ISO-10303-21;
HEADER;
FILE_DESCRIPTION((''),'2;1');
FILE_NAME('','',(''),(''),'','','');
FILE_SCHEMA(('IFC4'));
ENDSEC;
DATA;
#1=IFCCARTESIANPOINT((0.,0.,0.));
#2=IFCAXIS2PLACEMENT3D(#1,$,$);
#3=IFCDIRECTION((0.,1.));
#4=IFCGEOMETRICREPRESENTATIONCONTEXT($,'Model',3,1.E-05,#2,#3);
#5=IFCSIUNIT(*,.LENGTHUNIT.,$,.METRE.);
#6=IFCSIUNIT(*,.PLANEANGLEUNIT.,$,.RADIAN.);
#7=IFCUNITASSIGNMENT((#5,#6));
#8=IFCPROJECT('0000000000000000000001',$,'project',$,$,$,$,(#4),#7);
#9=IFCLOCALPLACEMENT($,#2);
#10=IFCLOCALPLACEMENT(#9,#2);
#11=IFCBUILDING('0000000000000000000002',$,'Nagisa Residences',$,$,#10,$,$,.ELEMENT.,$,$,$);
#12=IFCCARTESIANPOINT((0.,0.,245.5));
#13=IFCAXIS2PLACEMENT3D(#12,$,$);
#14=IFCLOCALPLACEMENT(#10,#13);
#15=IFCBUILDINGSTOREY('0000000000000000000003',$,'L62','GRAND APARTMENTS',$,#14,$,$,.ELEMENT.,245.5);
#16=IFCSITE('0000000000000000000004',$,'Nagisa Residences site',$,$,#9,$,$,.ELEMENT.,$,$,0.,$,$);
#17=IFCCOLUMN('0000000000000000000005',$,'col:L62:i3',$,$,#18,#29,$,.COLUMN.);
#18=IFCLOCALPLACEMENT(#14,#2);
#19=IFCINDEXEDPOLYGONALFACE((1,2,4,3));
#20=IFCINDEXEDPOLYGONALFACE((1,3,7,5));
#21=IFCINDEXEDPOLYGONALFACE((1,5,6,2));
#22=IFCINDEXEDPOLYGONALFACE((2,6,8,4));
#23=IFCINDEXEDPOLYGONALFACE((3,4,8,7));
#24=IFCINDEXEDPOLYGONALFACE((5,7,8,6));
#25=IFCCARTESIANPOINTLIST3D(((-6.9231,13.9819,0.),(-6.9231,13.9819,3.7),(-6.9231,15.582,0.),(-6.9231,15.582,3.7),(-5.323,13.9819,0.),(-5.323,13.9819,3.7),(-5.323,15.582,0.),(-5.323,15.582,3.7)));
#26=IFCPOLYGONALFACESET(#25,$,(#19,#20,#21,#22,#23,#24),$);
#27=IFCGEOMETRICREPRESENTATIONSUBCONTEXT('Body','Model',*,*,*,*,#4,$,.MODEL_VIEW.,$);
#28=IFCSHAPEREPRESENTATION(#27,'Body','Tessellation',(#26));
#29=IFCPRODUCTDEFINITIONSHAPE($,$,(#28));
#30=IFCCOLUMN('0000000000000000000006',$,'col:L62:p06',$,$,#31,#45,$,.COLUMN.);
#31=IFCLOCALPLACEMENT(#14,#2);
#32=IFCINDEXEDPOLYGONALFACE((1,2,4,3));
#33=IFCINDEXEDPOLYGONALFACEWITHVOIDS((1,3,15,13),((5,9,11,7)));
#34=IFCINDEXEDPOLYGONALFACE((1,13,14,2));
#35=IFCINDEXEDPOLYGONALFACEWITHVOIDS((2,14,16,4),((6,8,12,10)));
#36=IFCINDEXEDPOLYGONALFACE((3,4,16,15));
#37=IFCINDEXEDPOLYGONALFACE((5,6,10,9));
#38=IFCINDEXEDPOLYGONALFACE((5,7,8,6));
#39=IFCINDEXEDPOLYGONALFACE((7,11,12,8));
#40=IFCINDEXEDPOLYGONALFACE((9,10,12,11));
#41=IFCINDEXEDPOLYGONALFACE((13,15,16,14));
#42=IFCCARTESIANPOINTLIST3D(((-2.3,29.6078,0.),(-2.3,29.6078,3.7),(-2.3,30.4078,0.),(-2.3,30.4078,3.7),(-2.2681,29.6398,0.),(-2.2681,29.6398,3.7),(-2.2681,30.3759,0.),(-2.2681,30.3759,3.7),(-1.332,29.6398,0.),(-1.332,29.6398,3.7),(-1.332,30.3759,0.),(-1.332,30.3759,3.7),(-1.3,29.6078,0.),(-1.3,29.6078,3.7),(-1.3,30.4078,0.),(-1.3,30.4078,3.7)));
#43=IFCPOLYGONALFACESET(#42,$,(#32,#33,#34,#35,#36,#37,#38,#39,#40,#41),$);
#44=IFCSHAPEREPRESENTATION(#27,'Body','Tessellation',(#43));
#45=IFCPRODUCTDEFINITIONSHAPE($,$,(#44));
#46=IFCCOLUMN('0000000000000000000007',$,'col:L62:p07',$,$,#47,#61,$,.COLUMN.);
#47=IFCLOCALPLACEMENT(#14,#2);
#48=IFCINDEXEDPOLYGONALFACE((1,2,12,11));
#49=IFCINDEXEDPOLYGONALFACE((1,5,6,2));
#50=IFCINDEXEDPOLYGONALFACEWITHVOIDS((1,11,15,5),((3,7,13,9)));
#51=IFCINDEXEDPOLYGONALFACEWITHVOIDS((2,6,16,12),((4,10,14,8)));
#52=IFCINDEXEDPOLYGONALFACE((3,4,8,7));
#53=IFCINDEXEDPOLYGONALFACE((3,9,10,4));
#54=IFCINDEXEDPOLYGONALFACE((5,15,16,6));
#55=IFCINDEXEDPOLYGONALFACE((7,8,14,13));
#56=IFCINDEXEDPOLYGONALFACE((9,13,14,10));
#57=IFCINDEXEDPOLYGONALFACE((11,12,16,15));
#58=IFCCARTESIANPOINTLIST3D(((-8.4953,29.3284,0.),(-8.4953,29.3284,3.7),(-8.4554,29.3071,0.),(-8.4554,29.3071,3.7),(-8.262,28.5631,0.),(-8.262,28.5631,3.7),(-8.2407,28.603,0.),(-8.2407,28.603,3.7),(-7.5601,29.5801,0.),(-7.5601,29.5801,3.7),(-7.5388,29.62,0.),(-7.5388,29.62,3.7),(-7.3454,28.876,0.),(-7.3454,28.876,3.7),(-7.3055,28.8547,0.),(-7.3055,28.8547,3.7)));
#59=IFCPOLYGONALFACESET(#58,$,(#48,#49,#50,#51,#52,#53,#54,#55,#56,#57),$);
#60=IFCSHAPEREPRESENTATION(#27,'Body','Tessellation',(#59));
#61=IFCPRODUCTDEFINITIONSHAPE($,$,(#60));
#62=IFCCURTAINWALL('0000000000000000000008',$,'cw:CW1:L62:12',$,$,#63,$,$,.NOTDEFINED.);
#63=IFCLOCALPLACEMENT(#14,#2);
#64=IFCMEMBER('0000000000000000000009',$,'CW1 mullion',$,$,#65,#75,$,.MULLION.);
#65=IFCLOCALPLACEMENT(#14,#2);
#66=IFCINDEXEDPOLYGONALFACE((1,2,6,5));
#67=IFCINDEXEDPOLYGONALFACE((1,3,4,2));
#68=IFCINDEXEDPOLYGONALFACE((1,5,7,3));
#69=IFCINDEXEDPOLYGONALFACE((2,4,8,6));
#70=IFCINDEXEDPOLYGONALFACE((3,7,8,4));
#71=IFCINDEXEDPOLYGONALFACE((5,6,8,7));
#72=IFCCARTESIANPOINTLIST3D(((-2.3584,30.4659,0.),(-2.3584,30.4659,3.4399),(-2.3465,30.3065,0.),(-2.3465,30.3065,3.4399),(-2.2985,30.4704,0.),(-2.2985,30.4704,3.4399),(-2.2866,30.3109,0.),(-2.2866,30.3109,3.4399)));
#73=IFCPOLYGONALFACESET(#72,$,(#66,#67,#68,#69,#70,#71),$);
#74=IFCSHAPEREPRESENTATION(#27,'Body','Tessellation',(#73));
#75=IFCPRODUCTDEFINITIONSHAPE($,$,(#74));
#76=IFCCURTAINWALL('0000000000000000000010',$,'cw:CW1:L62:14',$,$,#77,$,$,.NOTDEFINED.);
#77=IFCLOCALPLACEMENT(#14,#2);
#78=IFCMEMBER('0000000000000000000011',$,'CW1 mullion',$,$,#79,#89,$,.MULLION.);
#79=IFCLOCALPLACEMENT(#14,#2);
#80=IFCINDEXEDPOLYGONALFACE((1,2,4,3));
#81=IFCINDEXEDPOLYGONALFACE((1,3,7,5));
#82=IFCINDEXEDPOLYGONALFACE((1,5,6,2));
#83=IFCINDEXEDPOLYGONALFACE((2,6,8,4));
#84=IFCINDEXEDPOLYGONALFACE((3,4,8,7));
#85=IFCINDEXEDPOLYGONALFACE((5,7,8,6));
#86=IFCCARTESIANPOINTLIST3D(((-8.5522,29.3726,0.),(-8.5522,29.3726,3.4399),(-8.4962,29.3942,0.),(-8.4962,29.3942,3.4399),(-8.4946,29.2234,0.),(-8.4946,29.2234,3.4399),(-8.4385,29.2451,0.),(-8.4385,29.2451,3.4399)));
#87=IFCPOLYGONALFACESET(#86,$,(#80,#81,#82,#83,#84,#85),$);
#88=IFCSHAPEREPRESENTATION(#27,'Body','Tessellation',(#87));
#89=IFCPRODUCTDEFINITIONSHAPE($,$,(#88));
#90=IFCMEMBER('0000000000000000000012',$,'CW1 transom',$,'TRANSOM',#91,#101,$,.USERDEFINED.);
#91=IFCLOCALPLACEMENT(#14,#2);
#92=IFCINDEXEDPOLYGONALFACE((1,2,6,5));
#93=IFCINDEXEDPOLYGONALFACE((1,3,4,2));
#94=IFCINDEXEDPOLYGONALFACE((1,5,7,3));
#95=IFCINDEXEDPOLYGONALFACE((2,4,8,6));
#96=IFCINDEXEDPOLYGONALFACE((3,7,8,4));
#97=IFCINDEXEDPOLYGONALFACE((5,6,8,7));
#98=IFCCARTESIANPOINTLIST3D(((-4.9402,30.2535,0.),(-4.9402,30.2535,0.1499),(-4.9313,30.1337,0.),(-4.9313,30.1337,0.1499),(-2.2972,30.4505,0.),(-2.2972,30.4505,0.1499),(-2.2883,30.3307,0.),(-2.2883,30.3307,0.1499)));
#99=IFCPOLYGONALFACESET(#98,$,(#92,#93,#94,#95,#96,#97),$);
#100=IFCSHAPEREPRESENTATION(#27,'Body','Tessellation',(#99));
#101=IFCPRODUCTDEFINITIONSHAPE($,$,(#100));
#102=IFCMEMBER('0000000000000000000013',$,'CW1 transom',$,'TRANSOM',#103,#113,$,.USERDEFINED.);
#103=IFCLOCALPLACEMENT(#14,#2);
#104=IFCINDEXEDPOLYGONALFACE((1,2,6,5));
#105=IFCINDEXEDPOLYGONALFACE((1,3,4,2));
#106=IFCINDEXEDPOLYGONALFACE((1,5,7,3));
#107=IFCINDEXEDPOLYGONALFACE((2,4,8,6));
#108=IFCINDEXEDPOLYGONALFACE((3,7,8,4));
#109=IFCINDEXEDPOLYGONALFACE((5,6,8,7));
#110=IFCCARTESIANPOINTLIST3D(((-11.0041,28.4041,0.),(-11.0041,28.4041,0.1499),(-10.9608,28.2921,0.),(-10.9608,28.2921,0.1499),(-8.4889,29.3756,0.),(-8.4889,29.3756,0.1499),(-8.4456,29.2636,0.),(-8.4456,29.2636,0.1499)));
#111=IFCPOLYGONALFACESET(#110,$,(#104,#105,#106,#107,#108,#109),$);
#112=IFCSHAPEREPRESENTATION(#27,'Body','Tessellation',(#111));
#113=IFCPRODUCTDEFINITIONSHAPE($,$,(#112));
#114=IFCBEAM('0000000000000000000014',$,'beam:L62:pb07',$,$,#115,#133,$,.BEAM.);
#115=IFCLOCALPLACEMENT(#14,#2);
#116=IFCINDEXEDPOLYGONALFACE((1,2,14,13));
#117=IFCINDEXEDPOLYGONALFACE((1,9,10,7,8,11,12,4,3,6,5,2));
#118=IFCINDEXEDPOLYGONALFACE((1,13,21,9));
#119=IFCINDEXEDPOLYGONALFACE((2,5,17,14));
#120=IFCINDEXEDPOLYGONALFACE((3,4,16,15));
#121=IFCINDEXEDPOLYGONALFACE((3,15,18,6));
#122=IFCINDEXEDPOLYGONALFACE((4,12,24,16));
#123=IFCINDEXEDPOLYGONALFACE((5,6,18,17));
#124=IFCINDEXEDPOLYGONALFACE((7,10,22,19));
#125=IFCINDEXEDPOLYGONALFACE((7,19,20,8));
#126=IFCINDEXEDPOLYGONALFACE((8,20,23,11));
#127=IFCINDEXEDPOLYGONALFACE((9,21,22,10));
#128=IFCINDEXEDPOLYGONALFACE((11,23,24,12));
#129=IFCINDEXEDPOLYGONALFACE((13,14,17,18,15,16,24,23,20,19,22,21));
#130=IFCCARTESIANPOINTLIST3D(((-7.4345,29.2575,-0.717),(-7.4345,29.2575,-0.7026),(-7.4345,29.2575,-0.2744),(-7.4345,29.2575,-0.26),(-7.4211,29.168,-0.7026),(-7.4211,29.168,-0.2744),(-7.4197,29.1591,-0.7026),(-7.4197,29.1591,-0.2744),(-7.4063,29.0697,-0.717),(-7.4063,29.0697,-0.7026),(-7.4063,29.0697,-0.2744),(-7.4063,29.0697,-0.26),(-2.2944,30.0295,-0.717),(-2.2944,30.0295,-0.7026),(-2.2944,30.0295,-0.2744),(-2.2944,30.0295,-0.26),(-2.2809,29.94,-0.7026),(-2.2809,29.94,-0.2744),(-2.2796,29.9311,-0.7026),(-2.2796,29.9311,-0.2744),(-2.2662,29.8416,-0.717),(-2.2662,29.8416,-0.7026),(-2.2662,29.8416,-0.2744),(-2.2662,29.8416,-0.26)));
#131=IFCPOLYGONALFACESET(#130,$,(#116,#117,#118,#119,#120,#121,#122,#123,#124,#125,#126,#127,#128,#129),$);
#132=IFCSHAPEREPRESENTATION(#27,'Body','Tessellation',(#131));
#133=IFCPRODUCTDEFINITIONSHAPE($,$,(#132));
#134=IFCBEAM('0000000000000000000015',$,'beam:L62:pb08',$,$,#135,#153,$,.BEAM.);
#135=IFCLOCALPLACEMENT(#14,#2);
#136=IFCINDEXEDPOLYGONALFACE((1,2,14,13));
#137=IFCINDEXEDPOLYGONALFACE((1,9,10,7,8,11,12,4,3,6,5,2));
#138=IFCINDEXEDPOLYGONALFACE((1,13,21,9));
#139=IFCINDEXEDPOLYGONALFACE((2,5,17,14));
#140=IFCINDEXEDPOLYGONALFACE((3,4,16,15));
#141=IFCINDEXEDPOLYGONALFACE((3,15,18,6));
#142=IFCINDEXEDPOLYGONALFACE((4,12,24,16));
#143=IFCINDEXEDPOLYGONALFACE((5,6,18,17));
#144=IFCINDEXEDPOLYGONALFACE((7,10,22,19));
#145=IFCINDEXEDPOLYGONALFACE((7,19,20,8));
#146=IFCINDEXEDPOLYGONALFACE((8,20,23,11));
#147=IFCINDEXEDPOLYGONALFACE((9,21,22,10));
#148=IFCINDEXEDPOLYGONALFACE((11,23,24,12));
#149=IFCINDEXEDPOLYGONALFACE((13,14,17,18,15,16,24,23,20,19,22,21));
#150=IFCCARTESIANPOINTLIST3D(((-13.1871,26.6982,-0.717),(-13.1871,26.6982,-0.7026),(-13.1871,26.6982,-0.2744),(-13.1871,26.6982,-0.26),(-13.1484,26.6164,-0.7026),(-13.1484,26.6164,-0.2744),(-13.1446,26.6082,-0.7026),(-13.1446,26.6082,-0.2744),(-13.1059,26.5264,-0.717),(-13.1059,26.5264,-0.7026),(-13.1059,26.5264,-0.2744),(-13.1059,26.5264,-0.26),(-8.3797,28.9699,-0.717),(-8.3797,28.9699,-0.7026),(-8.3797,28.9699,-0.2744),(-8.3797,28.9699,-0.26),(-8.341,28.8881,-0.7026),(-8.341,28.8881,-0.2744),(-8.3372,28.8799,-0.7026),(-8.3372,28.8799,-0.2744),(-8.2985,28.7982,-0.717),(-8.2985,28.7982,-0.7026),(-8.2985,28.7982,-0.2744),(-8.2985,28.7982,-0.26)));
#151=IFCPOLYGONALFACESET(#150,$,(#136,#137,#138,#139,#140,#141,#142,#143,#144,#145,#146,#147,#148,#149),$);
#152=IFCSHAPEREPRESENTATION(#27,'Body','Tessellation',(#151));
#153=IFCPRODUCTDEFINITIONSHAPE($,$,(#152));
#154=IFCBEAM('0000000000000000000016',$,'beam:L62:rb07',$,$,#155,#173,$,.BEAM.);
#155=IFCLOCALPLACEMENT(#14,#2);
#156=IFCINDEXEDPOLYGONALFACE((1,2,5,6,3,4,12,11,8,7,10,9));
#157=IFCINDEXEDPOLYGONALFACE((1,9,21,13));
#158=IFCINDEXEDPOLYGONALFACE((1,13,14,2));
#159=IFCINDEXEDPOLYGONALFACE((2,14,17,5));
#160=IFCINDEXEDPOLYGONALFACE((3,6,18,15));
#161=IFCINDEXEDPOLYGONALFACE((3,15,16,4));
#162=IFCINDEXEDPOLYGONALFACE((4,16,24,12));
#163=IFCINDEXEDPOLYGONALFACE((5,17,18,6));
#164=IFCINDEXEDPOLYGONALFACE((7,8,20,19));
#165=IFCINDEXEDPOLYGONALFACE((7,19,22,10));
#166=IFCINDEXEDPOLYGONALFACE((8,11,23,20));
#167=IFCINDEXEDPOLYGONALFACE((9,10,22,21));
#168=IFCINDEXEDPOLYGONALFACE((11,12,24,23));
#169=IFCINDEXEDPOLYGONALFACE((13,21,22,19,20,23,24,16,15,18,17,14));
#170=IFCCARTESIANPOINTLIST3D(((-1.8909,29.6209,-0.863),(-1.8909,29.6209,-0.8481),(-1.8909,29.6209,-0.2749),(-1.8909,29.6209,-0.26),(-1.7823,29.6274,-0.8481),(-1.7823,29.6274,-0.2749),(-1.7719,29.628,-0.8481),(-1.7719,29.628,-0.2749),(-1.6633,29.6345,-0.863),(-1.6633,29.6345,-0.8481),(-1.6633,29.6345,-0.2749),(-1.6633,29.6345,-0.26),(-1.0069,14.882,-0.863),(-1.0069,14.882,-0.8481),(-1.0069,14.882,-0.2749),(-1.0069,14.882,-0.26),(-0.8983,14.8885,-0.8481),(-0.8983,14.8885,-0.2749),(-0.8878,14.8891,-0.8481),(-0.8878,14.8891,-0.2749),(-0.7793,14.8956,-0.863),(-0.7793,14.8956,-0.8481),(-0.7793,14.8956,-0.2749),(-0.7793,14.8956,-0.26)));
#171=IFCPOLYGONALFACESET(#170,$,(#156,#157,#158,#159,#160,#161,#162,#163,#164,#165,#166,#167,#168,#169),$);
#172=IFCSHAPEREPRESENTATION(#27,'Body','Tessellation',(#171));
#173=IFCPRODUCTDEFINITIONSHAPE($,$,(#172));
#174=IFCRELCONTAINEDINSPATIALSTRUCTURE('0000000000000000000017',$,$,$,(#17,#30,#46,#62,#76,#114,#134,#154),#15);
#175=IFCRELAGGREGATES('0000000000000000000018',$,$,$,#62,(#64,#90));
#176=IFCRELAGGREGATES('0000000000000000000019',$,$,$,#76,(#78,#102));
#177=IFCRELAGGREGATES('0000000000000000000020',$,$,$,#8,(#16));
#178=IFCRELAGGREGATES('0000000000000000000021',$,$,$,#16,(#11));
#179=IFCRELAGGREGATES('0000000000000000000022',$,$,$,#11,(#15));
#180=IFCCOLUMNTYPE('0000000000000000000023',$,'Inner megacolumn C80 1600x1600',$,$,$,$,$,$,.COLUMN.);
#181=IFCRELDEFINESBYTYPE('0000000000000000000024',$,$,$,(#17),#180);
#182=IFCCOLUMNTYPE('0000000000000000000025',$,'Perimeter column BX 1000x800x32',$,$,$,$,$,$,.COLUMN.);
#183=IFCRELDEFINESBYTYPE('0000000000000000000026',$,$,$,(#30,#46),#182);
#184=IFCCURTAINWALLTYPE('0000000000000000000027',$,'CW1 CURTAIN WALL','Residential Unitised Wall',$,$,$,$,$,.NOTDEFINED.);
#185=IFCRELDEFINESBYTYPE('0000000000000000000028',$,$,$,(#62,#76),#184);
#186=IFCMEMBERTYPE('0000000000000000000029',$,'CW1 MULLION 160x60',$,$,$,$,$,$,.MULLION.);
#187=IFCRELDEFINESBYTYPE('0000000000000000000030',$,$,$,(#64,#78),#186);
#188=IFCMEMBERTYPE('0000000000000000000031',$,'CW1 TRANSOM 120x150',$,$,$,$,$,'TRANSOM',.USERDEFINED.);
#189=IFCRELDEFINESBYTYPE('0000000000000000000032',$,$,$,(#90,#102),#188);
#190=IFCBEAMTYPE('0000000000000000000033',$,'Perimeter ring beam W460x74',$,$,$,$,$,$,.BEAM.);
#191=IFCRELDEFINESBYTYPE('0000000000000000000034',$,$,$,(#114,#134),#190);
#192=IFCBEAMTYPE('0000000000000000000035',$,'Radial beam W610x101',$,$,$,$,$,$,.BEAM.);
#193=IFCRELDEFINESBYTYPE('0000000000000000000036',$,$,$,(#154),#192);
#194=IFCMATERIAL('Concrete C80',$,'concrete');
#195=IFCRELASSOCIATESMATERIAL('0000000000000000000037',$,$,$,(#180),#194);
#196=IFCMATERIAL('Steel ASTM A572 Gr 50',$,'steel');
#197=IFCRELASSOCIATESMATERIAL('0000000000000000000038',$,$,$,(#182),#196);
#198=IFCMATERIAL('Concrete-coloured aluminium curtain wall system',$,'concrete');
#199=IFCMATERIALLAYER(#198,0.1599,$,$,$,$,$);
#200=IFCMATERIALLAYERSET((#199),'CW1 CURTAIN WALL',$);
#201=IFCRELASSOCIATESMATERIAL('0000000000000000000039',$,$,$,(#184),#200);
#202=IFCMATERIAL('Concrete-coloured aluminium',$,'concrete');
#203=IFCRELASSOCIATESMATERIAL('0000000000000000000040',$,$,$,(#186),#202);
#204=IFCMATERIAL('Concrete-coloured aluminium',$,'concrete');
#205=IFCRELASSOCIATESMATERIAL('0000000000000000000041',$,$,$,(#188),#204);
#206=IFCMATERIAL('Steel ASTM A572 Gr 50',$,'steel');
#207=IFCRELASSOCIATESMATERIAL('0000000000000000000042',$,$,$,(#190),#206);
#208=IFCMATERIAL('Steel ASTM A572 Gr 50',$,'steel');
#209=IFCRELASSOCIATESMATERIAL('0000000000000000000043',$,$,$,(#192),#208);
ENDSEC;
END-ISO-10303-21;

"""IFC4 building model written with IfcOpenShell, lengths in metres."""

from ifc_helpers import new_model, si_unit, direction, frame, origin, origin_2d, place, context, subcontext, project, spatial, rectangle, hollow_rectangle, i_section, extrude, material, layer, layer_set, material_profile, profile_set, type_object, element, aggregate, save


model = new_model("IFC4")

# Units and contexts
model_context = context("Model", 3, precision=1e-05, world=origin(), true_north=direction((0.0, 1.0)))
body_context = subcontext(model_context, "Body", "Model", "MODEL_VIEW")
ifc_project = project(units=[si_unit("LENGTHUNIT", "METRE"), si_unit("PLANEANGLEUNIT", "RADIAN")], contexts=[model_context])

# Site, building, storey
site_placement = place(None, origin())
site = spatial("IfcSite", under=ifc_project, at=site_placement, Name="Nagisa Residences site", CompositionType="ELEMENT", RefElevation=0.0)
building_placement = place(site_placement, origin())
building = spatial("IfcBuilding", under=site, at=building_placement, Name="Nagisa Residences", CompositionType="ELEMENT")
storey_placement = place(building_placement, frame((0.0, 0.0, 245.5)))
storey = spatial("IfcBuildingStorey", under=building, at=storey_placement, Name="L62", Description="GRAND APARTMENTS", CompositionType="ELEMENT", Elevation=245.5)

# Columns
ifc_material_1 = material(Name="Concrete C80", Category="concrete")
ifc_material_profile_1 = material_profile(ifc_material_1, rectangle(XDim=1.6001, YDim=1.6001, at=origin_2d()), Name="C80 1600x1600")
ifc_profile_set_1 = profile_set([ifc_material_profile_1], Name="Concrete C80")
column_type_1 = type_object("IfcColumnType", Name="Inner megacolumn C80 1600x1600", PredefinedType="COLUMN", material=ifc_profile_set_1)
column_placement = place(storey_placement, frame((-6.123, 14.782, 0.0), z_axis=(0.0, 0.0, 1.0), x_axis=(1.0, 0.0, 0.0)))
element("IfcColumn", 1, at=column_placement, inside=storey, type_object=column_type_1, Name="col:L62:i3", PredefinedType="COLUMN", context=body_context, shape_type="SweptSolid", body=[
    extrude(rectangle(XDim=1.6001, YDim=1.6001, at=origin_2d()), origin(), (0.0, 0.0, 1.0), 3.7),
])
ifc_material_2 = material(Name="Steel ASTM A572 Gr 50", Category="steel")
ifc_material_profile_2 = material_profile(ifc_material_2, hollow_rectangle(XDim=1.0, YDim=0.8, WallThickness=0.032, at=origin_2d()), Name="BX 1000x800x32")
ifc_profile_set_2 = profile_set([ifc_material_profile_2], Name="Steel ASTM A572 Gr 50")
column_type_2 = type_object("IfcColumnType", Name="Perimeter column BX 1000x800x32", PredefinedType="COLUMN", material=ifc_profile_set_2)
for number, where, z_axis, x_axis, name in (
    (2, (-1.8, 30.0078, 0.0), (0.0, 0.0, 1.0), (-1.0, 0.0, 0.0), "col:L62:p06"),
    (3, (-7.9004, 29.0916, 0.0), (0.0, 0.0, 1.0), (-0.956525, -0.291652, 0.0), "col:L62:p07"),
):
    element("IfcColumn", number, at=place(storey_placement, frame(where, z_axis=z_axis, x_axis=x_axis)), inside=storey, type_object=column_type_2, Name=name, PredefinedType="COLUMN", context=body_context, shape_type="SweptSolid", body=[
        extrude(hollow_rectangle(XDim=1.0, YDim=0.8, WallThickness=0.032, at=origin_2d()), origin(), (0.0, 0.0, 1.0), 3.7),
    ])

# Curtain walls, members
ifc_material_3 = material(Name="Concrete-coloured aluminium curtain wall system", Category="concrete")
ifc_layer_1 = layer(ifc_material_3, 0.1599)
ifc_layer_set_1 = layer_set([ifc_layer_1], Name="CW1 CURTAIN WALL")
curtain_wall_type = type_object("IfcCurtainWallType", Name="CW1 CURTAIN WALL", Description="Residential Unitised Wall", PredefinedType="NOTDEFINED", material=ifc_layer_set_1)
curtain_wall_1_placement = place(storey_placement, origin())
curtain_wall_1 = element("IfcCurtainWall", 4, at=curtain_wall_1_placement, inside=storey, type_object=curtain_wall_type, Name="cw:CW1:L62:12", PredefinedType="NOTDEFINED")
ifc_material_4 = material(Name="Concrete-coloured aluminium", Category="concrete")
ifc_material_profile_3 = material_profile(ifc_material_4, rectangle(XDim=0.1599, YDim=0.0601, at=origin_2d()), Name="CW1 MULLION 160x60")
ifc_profile_set_3 = profile_set([ifc_material_profile_3], Name="Concrete-coloured aluminium")
member_type_1 = type_object("IfcMemberType", Name="CW1 MULLION 160x60", PredefinedType="MULLION", material=ifc_profile_set_3)
member_1_placement = place(storey_placement, frame((-2.3225, 30.3884, 0.0), z_axis=(0.0, 0.0, 1.0), x_axis=(0.074377, -0.99723, 0.0)))
member_1 = element("IfcMember", 5, at=member_1_placement, type_object=member_type_1, Name="CW1 mullion", PredefinedType="MULLION", context=body_context, shape_type="SweptSolid", body=[
    extrude(rectangle(XDim=0.1599, YDim=0.0601, at=origin_2d()), origin(), (0.0, 0.0, 1.0), 3.4399),
])
curtain_wall_2_placement = place(storey_placement, origin())
curtain_wall_2 = element("IfcCurtainWall", 6, at=curtain_wall_2_placement, inside=storey, type_object=curtain_wall_type, Name="cw:CW1:L62:14", PredefinedType="NOTDEFINED")
member_2_placement = place(storey_placement, frame((-8.4954, 29.3088, 0.0), z_axis=(0.0, 0.0, 1.0), x_axis=(0.360328, -0.932826, 0.0)))
member_2 = element("IfcMember", 7, at=member_2_placement, type_object=member_type_1, Name="CW1 mullion", PredefinedType="MULLION", context=body_context, shape_type="SweptSolid", body=[
    extrude(rectangle(XDim=0.1599, YDim=0.0601, at=origin_2d()), origin(), (0.0, 0.0, 1.0), 3.4399),
])

# Members
ifc_material_5 = material(Name="Concrete-coloured aluminium", Category="concrete")
ifc_material_profile_4 = material_profile(ifc_material_5, rectangle(XDim=0.1201, YDim=0.1499, at=origin_2d()), Name="CW1 TRANSOM 120x150")
ifc_profile_set_4 = profile_set([ifc_material_profile_4], Name="Concrete-coloured aluminium")
member_type_2 = type_object("IfcMemberType", Name="CW1 TRANSOM 120x150", ElementType="TRANSOM", PredefinedType="USERDEFINED", material=ifc_profile_set_4)
member_3_placement = place(storey_placement, frame((-2.2927, 30.3906, 0.075), z_axis=(-0.997233, -0.074337, 0.0), x_axis=(0.074337, -0.997233, 0.0)))
member_3 = element("IfcMember", 8, at=member_3_placement, type_object=member_type_2, Name="CW1 transom", ObjectType="TRANSOM", PredefinedType="USERDEFINED", context=body_context, shape_type="SweptSolid", body=[
    extrude(rectangle(XDim=0.1201, YDim=0.1499, at=origin_2d()), origin(), (0.0, 0.0, 1.0), 2.6504),
])
member_4_placement = place(storey_placement, frame((-8.4673, 29.3196, 0.075), z_axis=(-0.932838, -0.360295, 0.0), x_axis=(0.360295, -0.932838, 0.0)))
member_4 = element("IfcMember", 9, at=member_4_placement, type_object=member_type_2, Name="CW1 transom", ObjectType="TRANSOM", PredefinedType="USERDEFINED", context=body_context, shape_type="SweptSolid", body=[
    extrude(rectangle(XDim=0.1201, YDim=0.1499, at=origin_2d()), origin(), (0.0, 0.0, 1.0), 2.6963),
])

# Beams
ifc_material_6 = material(Name="Steel ASTM A572 Gr 50", Category="steel")
ifc_material_profile_5 = material_profile(ifc_material_6, i_section(OverallWidth=0.1899, OverallDepth=0.457, WebThickness=0.009, FlangeThickness=0.0144, at=origin_2d()), Name="W460x74")
ifc_profile_set_5 = profile_set([ifc_material_profile_5], Name="Steel ASTM A572 Gr 50")
beam_type_1 = type_object("IfcBeamType", Name="Perimeter ring beam W460x74", PredefinedType="BEAM", material=ifc_profile_set_5)
beam_1_placement = place(storey_placement, frame((-2.2803, 29.9355, -0.4885), z_axis=(-0.988909, -0.14852, 0.0), x_axis=(0.14852, -0.988909, 0.0)))
element("IfcBeam", 10, at=beam_1_placement, inside=storey, type_object=beam_type_1, Name="beam:L62:pb07", PredefinedType="BEAM", context=body_context, shape_type="SweptSolid", body=[
    extrude(i_section(OverallWidth=0.1899, OverallDepth=0.457, WebThickness=0.009, FlangeThickness=0.0144, at=origin_2d()), origin(), (0.0, 0.0, 1.0), 5.1978),
])
beam_2_placement = place(storey_placement, frame((-8.3391, 28.884, -0.4885), z_axis=(-0.904134, -0.427249, 0.0), x_axis=(0.427249, -0.904134, 0.0)))
element("IfcBeam", 11, at=beam_2_placement, inside=storey, type_object=beam_type_1, Name="beam:L62:pb08", PredefinedType="BEAM", context=body_context, shape_type="SweptSolid", body=[
    extrude(i_section(OverallWidth=0.1899, OverallDepth=0.457, WebThickness=0.009, FlangeThickness=0.0144, at=origin_2d()), origin(), (0.0, 0.0, 1.0), 5.3171),
])
ifc_material_7 = material(Name="Steel ASTM A572 Gr 50", Category="steel")
ifc_material_profile_6 = material_profile(ifc_material_7, i_section(OverallWidth=0.228, OverallDepth=0.603, WebThickness=0.0105, FlangeThickness=0.0149, at=origin_2d()), Name="W610x101")
ifc_profile_set_6 = profile_set([ifc_material_profile_6], Name="Steel ASTM A572 Gr 50")
beam_type_2 = type_object("IfcBeamType", Name="Radial beam W610x101", PredefinedType="BEAM", material=ifc_profile_set_6)
beam_3_placement = place(storey_placement, frame((-1.7771, 29.6277, -0.5615), z_axis=(0.059872, -0.998206, 0.0), x_axis=(0.998206, 0.059872, 0.0)))
element("IfcBeam", 12, at=beam_3_placement, inside=storey, type_object=beam_type_2, Name="beam:L62:rb07", PredefinedType="BEAM", context=body_context, shape_type="SweptSolid", body=[
    extrude(i_section(OverallWidth=0.228, OverallDepth=0.603, WebThickness=0.0105, FlangeThickness=0.0149, at=origin_2d()), origin(), (0.0, 0.0, 1.0), 14.7654),
])

aggregate(curtain_wall_1, [member_1, member_3])
aggregate(curtain_wall_2, [member_2, member_4])

save(model, "model.ifc")
